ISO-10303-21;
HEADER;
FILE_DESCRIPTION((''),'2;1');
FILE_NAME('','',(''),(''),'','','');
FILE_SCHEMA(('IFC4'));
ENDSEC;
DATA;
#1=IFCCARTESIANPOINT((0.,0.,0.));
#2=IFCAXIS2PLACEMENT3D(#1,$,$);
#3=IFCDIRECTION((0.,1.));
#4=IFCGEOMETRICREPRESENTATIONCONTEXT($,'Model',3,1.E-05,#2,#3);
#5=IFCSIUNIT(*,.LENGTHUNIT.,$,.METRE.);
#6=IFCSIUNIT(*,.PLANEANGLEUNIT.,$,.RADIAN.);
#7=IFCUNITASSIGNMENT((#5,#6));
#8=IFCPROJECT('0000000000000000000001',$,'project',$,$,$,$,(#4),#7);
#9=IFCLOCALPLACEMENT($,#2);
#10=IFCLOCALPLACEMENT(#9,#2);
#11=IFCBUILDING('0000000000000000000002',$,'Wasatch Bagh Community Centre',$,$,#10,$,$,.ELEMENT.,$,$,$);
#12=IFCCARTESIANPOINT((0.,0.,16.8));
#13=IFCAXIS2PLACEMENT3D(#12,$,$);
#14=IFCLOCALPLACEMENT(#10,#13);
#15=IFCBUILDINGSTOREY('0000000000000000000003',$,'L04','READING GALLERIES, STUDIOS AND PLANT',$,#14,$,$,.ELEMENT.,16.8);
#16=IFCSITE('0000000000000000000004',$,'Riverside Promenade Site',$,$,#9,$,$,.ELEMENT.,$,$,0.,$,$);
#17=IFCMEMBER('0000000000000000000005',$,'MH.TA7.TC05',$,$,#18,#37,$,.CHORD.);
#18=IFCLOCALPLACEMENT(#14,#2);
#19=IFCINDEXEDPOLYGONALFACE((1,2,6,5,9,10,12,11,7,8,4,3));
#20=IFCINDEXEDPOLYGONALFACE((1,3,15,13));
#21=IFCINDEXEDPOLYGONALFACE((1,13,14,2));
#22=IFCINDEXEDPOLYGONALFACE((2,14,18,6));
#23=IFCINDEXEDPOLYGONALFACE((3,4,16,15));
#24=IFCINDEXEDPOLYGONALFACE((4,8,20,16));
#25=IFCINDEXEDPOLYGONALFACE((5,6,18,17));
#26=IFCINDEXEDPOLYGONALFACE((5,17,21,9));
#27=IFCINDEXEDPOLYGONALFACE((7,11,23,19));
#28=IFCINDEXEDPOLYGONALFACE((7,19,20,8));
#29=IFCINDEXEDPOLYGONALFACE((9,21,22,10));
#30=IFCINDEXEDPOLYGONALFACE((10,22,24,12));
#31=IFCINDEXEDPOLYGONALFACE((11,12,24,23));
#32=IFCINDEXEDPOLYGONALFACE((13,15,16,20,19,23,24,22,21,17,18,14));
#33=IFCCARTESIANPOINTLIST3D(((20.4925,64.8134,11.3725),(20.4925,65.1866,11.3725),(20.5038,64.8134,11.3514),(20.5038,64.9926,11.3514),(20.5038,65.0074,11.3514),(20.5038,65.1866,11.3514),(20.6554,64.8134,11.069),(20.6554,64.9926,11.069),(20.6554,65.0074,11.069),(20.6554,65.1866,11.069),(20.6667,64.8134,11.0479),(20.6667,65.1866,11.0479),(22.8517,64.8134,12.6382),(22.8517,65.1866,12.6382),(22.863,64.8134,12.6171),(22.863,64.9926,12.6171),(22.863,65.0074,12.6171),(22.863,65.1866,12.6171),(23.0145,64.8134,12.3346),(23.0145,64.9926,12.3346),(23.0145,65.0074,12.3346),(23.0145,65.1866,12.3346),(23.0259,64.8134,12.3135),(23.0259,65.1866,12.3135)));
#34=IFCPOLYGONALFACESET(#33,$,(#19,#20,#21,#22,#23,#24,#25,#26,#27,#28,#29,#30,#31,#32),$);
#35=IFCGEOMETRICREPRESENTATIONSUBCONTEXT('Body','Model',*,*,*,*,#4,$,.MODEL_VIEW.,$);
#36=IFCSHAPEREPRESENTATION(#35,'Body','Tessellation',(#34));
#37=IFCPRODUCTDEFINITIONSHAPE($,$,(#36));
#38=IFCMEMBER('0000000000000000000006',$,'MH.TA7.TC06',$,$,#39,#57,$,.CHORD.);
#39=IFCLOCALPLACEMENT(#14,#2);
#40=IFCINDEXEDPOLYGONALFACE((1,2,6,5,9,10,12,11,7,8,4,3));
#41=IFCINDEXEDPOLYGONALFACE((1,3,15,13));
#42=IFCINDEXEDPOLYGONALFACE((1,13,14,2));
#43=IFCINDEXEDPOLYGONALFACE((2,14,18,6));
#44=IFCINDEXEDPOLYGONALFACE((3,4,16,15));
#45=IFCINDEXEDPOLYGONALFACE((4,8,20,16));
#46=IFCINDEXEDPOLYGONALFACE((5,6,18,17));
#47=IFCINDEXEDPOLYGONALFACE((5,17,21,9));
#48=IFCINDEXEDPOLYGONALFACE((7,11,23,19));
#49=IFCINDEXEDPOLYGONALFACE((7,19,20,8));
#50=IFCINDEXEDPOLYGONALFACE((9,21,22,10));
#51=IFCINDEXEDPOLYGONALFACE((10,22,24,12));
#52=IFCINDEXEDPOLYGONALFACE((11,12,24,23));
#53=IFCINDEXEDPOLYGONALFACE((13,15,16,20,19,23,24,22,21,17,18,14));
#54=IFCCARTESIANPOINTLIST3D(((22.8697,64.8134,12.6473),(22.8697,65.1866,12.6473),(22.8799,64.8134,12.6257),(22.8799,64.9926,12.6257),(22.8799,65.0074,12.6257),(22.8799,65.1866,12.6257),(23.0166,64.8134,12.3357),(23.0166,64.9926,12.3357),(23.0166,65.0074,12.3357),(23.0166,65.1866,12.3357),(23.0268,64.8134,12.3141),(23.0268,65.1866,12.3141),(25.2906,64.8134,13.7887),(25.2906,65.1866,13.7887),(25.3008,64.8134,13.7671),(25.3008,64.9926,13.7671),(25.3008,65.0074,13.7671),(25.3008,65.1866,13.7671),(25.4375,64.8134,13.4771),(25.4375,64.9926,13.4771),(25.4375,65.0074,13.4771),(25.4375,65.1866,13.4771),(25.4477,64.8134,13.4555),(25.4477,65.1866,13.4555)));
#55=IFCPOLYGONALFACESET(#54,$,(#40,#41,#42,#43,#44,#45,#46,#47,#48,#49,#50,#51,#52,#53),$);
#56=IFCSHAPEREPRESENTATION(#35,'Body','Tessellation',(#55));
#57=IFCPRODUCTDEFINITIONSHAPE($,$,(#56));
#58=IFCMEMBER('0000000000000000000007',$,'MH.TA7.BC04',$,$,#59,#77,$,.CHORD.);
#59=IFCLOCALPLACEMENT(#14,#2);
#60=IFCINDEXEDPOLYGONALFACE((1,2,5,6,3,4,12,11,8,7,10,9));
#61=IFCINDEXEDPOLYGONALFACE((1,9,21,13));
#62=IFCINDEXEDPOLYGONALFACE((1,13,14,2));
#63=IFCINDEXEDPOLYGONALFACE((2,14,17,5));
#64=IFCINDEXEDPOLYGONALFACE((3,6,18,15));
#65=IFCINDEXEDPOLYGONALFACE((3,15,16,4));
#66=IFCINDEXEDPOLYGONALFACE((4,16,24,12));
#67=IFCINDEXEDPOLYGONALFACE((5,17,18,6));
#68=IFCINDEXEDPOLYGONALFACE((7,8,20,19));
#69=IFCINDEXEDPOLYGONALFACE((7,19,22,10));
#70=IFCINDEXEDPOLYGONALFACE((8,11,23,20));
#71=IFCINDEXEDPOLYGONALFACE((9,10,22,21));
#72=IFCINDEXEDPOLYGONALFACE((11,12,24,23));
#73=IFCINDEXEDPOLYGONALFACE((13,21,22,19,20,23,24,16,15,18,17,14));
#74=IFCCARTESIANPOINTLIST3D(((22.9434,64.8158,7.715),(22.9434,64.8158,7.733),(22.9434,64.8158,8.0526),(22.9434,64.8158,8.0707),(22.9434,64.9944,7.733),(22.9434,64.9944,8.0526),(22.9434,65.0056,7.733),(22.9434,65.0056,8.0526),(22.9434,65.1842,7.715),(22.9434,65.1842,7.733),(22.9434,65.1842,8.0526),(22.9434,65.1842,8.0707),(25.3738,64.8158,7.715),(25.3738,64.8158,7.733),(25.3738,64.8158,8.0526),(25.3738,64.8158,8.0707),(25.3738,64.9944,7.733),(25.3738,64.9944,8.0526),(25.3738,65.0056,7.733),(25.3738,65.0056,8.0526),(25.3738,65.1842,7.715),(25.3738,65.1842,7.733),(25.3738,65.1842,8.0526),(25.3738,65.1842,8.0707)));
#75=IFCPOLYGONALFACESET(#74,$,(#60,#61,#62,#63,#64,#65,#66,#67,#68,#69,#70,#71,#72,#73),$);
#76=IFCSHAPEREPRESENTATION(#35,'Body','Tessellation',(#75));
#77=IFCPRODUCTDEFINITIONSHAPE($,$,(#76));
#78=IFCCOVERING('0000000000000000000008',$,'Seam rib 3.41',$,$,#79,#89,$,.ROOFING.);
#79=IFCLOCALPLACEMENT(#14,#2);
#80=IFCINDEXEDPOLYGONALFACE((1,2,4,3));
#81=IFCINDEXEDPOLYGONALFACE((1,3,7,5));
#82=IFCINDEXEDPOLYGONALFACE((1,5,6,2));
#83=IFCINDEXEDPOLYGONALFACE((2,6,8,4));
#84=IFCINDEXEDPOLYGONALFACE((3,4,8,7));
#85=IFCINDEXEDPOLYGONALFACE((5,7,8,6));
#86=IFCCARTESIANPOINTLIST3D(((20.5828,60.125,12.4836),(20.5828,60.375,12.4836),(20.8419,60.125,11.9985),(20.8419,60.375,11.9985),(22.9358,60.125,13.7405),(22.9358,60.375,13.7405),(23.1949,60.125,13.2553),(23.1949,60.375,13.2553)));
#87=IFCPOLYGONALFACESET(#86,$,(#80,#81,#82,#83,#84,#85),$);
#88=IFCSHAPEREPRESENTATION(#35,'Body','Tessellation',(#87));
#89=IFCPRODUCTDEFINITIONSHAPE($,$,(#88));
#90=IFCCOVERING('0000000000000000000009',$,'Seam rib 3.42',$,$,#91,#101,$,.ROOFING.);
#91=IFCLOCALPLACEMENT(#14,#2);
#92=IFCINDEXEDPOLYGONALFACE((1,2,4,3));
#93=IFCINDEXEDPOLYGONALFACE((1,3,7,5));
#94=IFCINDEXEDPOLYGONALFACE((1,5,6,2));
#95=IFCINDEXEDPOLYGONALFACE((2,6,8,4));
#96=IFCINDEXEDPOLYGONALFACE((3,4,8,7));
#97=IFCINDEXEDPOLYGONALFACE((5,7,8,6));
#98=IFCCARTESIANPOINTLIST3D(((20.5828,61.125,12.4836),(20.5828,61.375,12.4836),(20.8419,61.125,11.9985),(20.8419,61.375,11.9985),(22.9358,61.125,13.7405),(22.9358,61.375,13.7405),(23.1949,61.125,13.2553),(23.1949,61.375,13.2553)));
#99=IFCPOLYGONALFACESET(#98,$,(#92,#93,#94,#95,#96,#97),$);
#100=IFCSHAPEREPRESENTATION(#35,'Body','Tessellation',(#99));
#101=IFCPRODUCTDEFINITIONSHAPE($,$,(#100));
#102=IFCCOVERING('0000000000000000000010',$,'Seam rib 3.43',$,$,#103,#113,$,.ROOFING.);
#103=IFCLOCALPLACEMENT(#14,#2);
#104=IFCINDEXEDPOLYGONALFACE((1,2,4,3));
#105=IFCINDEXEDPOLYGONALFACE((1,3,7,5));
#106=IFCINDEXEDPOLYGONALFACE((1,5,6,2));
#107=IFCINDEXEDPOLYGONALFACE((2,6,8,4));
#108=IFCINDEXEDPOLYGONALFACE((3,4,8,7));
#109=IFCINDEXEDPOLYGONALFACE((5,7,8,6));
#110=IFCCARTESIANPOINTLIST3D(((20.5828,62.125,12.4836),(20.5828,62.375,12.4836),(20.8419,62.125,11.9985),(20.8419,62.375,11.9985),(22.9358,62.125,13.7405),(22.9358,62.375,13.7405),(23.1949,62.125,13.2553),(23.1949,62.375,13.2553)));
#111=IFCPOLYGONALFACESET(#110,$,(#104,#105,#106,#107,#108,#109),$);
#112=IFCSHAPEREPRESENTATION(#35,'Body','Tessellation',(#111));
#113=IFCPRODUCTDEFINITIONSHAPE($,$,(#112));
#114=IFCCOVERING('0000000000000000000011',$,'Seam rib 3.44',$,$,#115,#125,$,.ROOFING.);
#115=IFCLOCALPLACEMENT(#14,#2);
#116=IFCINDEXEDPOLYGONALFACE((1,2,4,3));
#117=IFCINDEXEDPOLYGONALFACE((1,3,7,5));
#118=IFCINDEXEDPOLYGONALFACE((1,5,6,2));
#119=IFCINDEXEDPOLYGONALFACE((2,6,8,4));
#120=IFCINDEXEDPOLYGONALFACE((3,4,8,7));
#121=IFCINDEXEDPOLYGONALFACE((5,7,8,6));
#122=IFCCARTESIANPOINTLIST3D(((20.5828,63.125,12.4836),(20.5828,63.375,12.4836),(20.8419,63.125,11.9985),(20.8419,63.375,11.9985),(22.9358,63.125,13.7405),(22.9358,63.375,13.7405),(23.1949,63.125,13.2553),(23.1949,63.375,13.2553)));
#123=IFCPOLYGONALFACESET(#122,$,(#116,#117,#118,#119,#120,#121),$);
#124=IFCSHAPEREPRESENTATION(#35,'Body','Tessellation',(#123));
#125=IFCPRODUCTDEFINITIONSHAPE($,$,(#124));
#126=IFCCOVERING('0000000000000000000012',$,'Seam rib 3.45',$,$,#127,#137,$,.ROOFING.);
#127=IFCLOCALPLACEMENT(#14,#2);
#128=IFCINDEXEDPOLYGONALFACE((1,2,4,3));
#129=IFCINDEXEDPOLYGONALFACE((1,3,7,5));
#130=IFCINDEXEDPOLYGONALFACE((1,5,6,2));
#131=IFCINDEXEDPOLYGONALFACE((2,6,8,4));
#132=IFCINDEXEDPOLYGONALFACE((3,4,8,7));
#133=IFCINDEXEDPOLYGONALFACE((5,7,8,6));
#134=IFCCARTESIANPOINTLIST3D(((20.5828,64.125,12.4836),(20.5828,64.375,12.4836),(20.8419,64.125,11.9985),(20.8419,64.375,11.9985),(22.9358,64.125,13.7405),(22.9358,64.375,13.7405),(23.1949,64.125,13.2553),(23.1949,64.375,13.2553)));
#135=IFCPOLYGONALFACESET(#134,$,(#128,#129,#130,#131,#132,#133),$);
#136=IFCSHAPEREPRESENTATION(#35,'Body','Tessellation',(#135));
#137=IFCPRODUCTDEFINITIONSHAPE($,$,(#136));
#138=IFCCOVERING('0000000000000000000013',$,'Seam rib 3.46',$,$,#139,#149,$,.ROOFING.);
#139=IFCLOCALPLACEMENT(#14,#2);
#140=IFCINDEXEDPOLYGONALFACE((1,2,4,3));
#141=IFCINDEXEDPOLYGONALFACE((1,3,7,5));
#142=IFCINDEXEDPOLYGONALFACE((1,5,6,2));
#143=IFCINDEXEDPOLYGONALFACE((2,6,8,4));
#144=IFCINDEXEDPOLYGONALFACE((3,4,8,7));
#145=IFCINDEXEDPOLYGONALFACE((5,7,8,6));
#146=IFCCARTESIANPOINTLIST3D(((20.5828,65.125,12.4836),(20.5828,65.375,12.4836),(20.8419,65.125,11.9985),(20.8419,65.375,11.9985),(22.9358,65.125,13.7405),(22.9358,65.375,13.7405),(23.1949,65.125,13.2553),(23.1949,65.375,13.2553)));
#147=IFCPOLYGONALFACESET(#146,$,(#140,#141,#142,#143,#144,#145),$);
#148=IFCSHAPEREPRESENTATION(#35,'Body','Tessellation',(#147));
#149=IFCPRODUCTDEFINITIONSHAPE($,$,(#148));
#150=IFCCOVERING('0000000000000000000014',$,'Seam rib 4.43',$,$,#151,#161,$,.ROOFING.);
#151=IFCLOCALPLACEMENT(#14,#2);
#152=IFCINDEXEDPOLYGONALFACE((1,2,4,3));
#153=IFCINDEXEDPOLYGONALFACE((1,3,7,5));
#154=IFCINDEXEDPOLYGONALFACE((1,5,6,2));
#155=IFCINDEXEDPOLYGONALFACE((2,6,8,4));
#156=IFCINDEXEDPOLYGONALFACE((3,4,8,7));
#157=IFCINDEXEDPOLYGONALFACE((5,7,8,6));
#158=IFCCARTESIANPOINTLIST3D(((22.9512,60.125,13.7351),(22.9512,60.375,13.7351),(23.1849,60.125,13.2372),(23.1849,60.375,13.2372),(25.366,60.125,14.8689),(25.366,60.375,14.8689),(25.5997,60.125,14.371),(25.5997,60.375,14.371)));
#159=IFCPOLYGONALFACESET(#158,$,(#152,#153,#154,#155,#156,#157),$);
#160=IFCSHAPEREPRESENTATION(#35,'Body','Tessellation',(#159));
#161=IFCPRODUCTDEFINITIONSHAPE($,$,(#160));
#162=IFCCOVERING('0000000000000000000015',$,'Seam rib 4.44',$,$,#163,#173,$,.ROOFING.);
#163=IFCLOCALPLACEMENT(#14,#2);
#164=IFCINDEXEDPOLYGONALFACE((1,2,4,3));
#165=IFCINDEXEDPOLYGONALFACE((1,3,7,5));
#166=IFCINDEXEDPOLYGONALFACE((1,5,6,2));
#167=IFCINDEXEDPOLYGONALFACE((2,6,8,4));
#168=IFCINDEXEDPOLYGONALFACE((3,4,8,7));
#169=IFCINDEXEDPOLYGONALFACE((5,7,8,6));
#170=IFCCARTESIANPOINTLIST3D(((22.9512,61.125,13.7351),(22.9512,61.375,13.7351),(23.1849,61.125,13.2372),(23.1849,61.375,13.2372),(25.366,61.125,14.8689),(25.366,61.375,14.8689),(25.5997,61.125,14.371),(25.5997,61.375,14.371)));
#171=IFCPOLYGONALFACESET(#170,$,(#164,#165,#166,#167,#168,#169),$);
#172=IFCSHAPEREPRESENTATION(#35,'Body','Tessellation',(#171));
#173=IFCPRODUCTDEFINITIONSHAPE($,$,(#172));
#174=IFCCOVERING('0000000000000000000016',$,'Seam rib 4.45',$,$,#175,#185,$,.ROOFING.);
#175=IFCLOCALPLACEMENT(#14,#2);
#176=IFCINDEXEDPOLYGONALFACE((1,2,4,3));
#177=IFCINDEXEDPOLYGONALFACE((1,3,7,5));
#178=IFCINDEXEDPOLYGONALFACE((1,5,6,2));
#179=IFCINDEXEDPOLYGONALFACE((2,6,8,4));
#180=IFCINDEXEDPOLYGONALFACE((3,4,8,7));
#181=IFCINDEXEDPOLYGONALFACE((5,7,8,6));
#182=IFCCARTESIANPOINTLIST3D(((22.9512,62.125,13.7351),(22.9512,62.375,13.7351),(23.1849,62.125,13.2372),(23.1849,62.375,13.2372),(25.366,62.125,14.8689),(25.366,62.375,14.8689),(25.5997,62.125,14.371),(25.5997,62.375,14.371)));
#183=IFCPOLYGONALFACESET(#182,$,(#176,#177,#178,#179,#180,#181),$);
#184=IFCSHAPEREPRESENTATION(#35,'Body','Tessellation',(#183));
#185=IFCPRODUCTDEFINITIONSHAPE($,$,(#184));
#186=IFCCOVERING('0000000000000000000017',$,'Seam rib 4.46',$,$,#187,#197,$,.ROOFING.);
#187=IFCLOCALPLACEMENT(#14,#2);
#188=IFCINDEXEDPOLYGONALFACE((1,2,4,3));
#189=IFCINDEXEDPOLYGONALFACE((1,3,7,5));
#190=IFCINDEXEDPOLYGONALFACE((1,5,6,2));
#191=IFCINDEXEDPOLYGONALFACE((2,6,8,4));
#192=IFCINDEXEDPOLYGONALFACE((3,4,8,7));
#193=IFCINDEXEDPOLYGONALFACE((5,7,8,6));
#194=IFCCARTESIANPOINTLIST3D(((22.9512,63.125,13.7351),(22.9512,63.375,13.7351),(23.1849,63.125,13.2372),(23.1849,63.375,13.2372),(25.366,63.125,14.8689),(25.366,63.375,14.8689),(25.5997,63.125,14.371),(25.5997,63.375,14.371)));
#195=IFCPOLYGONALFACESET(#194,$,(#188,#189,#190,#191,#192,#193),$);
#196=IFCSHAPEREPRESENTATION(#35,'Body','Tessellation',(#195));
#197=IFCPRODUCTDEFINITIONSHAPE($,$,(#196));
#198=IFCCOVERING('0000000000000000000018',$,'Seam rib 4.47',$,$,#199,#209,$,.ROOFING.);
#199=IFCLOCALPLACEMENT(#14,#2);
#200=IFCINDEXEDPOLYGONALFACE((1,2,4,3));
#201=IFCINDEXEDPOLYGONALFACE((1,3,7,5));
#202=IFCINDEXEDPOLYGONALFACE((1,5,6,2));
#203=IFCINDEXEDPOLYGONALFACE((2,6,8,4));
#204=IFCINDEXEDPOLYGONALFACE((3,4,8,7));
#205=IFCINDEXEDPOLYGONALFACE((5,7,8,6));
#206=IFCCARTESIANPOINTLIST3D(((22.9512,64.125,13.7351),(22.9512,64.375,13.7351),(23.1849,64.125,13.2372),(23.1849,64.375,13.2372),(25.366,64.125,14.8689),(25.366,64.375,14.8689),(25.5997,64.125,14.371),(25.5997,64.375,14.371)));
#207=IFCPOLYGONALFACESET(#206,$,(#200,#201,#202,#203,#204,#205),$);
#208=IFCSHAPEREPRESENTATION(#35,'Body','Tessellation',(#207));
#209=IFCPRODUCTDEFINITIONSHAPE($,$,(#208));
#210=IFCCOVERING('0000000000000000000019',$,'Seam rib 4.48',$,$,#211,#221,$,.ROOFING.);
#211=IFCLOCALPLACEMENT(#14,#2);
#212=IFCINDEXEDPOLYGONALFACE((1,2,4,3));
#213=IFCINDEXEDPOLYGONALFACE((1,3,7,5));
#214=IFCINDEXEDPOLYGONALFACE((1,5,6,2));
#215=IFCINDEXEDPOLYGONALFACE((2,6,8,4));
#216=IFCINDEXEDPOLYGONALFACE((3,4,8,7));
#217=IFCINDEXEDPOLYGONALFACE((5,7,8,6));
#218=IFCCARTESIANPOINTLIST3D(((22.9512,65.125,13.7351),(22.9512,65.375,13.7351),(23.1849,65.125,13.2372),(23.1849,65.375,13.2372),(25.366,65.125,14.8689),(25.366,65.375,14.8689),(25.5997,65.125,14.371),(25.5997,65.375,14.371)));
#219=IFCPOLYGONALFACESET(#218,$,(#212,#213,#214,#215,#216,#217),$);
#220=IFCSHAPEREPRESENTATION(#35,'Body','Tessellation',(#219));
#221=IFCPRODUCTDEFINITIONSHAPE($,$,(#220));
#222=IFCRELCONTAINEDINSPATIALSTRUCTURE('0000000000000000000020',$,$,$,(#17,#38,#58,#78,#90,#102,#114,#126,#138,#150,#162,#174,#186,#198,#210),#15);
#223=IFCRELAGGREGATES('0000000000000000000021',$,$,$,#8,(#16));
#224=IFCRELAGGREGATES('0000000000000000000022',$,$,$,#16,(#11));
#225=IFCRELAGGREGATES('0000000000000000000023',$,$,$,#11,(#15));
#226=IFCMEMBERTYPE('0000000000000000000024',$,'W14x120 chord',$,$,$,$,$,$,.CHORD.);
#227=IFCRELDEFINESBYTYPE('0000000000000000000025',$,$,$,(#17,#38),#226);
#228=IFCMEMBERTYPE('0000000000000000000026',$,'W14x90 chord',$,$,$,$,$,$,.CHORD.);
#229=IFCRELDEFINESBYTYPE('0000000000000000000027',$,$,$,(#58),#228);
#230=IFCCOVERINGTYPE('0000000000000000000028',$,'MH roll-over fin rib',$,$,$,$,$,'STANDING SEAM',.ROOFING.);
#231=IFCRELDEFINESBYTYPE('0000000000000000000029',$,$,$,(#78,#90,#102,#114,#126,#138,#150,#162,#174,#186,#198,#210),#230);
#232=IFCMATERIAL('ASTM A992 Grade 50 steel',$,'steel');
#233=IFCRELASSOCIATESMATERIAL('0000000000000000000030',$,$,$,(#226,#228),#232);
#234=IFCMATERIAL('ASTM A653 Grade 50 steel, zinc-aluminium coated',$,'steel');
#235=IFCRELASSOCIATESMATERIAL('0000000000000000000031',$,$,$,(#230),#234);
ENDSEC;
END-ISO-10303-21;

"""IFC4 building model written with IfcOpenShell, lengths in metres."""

from ifc_helpers import new_model, si_unit, direction, frame, origin, origin_2d, place, context, subcontext, project, spatial, polyline, i_section, outline, extrude, material, material_profile, profile_set, type_object, element, save


model = new_model("IFC4")

# Units and contexts
model_context = context("Model", 3, precision=1e-05, world=origin(), true_north=direction((0.0, 1.0)))
body_context = subcontext(model_context, "Body", "Model", "MODEL_VIEW")
ifc_project = project(units=[si_unit("LENGTHUNIT", "METRE"), si_unit("PLANEANGLEUNIT", "RADIAN")], contexts=[model_context])

# Site, building, storey
site_placement = place(None, origin())
site = spatial("IfcSite", under=ifc_project, at=site_placement, Name="Riverside Promenade Site", CompositionType="ELEMENT", RefElevation=0.0)
building_placement = place(site_placement, origin())
building = spatial("IfcBuilding", under=site, at=building_placement, Name="Wasatch Bagh Community Centre", CompositionType="ELEMENT")
storey_placement = place(building_placement, frame((0.0, 0.0, 16.8)))
storey = spatial("IfcBuildingStorey", under=building, at=storey_placement, Name="L04", Description="READING GALLERIES, STUDIOS AND PLANT", CompositionType="ELEMENT", Elevation=16.8)

# Members
ifc_material_1 = material(Name="ASTM A992 Grade 50 steel", Category="steel")
ifc_material_profile_1 = material_profile(ifc_material_1, i_section(OverallWidth=0.3733, OverallDepth=0.3684, WebThickness=0.0149, FlangeThickness=0.0239, at=origin_2d()), Name="W14x120")
ifc_profile_set_1 = profile_set([ifc_material_profile_1], Name="ASTM A992 Grade 50 steel")
member_type_1 = type_object("IfcMemberType", Name="W14x120 chord", PredefinedType="CHORD", material=ifc_profile_set_1)
member_1_placement = place(storey_placement, frame((20.5796, 65.0, 11.2102), z_axis=(0.881199, 0.0, 0.472745), x_axis=(0.0, 1.0, 0.0)))
element("IfcMember", 1, at=member_1_placement, inside=storey, type_object=member_type_1, Name="MH.TA7.TC05", PredefinedType="CHORD", context=body_context, shape_type="SweptSolid", body=[
    extrude(i_section(OverallWidth=0.3733, OverallDepth=0.3684, WebThickness=0.0149, FlangeThickness=0.0239, at=origin_2d()), origin(), (0.0, 0.0, 1.0), 2.6772),
])
member_2_placement = place(storey_placement, frame((22.9482, 65.0, 12.4807), z_axis=(0.904515, 0.0, 0.426443), x_axis=(0.0, 1.0, 0.0)))
element("IfcMember", 2, at=member_2_placement, inside=storey, type_object=member_type_1, Name="MH.TA7.TC06", PredefinedType="CHORD", context=body_context, shape_type="SweptSolid", body=[
    extrude(i_section(OverallWidth=0.3733, OverallDepth=0.3684, WebThickness=0.0149, FlangeThickness=0.0239, at=origin_2d()), origin(), (0.0, 0.0, 1.0), 2.6765),
])
ifc_material_profile_2 = material_profile(ifc_material_1, i_section(OverallWidth=0.3684, OverallDepth=0.3557, WebThickness=0.0112, FlangeThickness=0.0181, at=origin_2d()), Name="W14x90")
ifc_profile_set_2 = profile_set([ifc_material_profile_2], Name="ASTM A992 Grade 50 steel")
member_type_2 = type_object("IfcMemberType", Name="W14x90 chord", PredefinedType="CHORD", material=ifc_profile_set_2)
member_3_placement = place(storey_placement, frame((22.9434, 65.0, 7.8928), z_axis=(1.0, 0.0, 0.0), x_axis=(0.0, 1.0, 0.0)))
element("IfcMember", 3, at=member_3_placement, inside=storey, type_object=member_type_2, Name="MH.TA7.BC04", PredefinedType="CHORD", context=body_context, shape_type="SweptSolid", body=[
    extrude(i_section(OverallWidth=0.3684, OverallDepth=0.3557, WebThickness=0.0112, FlangeThickness=0.0181, at=origin_2d()), origin(), (0.0, 0.0, 1.0), 2.4304),
])

# Coverings
ifc_material_2 = material(Name="ASTM A653 Grade 50 steel, zinc-aluminium coated", Category="steel")
covering_type = type_object("IfcCoveringType", Name="MH roll-over fin rib", ElementType="STANDING SEAM", PredefinedType="ROOFING", material=ifc_material_2)
for number, where, z_axis, x_axis, name in (
    (4, (20.5828, 60.125, 12.4836), (-0.471139, 0.0, 0.882059), (0.882059, 0.0, 0.471139), "Seam rib 3.41"),
    (5, (20.5828, 61.125, 12.4836), (-0.471139, 0.0, 0.882059), (0.882059, 0.0, 0.471139), "Seam rib 3.42"),
    (6, (20.5828, 62.125, 12.4836), (-0.471139, 0.0, 0.882059), (0.882059, 0.0, 0.471139), "Seam rib 3.43"),
    (7, (20.5828, 63.125, 12.4836), (-0.471139, 0.0, 0.882059), (0.882059, 0.0, 0.471139), "Seam rib 3.44"),
    (8, (20.5828, 64.125, 12.4836), (-0.471139, 0.0, 0.882059), (0.882059, 0.0, 0.471139), "Seam rib 3.45"),
    (9, (20.5828, 65.125, 12.4836), (-0.471139, 0.0, 0.882059), (0.882059, 0.0, 0.471139), "Seam rib 3.46"),
):
    element("IfcCovering", number, at=place(storey_placement, frame(where, z_axis=z_axis, x_axis=x_axis)), inside=storey, type_object=covering_type, Name=name, PredefinedType="ROOFING", context=body_context, shape_type="SweptSolid", body=[
        extrude(outline(polyline([(0.0, 0.0), (2.6677, 0.0), (2.6677, 0.25), (0.0, 0.25), (0.0, 0.0)])), origin(), (0.0, 0.0, -1.0), 0.55),
    ])
for number, where, z_axis, x_axis, name in (
    (10, (22.9512, 60.125, 13.7351), (-0.425004, 0.0, 0.905192), (0.905192, 0.0, 0.425004), "Seam rib 4.43"),
    (11, (22.9512, 61.125, 13.7351), (-0.425004, 0.0, 0.905192), (0.905192, 0.0, 0.425004), "Seam rib 4.44"),
    (12, (22.9512, 62.125, 13.7351), (-0.425004, 0.0, 0.905192), (0.905192, 0.0, 0.425004), "Seam rib 4.45"),
    (13, (22.9512, 63.125, 13.7351), (-0.425004, 0.0, 0.905192), (0.905192, 0.0, 0.425004), "Seam rib 4.46"),
    (14, (22.9512, 64.125, 13.7351), (-0.425004, 0.0, 0.905192), (0.905192, 0.0, 0.425004), "Seam rib 4.47"),
    (15, (22.9512, 65.125, 13.7351), (-0.425004, 0.0, 0.905192), (0.905192, 0.0, 0.425004), "Seam rib 4.48"),
):
    element("IfcCovering", number, at=place(storey_placement, frame(where, z_axis=z_axis, x_axis=x_axis)), inside=storey, type_object=covering_type, Name=name, PredefinedType="ROOFING", context=body_context, shape_type="SweptSolid", body=[
        extrude(outline(polyline([(0.0, 0.0), (2.6677, 0.0), (2.6677, 0.25), (0.0, 0.25), (0.0, 0.0)])), origin(), (0.0, 0.0, -1.0), 0.55),
    ])

save(model, "model.ifc")
